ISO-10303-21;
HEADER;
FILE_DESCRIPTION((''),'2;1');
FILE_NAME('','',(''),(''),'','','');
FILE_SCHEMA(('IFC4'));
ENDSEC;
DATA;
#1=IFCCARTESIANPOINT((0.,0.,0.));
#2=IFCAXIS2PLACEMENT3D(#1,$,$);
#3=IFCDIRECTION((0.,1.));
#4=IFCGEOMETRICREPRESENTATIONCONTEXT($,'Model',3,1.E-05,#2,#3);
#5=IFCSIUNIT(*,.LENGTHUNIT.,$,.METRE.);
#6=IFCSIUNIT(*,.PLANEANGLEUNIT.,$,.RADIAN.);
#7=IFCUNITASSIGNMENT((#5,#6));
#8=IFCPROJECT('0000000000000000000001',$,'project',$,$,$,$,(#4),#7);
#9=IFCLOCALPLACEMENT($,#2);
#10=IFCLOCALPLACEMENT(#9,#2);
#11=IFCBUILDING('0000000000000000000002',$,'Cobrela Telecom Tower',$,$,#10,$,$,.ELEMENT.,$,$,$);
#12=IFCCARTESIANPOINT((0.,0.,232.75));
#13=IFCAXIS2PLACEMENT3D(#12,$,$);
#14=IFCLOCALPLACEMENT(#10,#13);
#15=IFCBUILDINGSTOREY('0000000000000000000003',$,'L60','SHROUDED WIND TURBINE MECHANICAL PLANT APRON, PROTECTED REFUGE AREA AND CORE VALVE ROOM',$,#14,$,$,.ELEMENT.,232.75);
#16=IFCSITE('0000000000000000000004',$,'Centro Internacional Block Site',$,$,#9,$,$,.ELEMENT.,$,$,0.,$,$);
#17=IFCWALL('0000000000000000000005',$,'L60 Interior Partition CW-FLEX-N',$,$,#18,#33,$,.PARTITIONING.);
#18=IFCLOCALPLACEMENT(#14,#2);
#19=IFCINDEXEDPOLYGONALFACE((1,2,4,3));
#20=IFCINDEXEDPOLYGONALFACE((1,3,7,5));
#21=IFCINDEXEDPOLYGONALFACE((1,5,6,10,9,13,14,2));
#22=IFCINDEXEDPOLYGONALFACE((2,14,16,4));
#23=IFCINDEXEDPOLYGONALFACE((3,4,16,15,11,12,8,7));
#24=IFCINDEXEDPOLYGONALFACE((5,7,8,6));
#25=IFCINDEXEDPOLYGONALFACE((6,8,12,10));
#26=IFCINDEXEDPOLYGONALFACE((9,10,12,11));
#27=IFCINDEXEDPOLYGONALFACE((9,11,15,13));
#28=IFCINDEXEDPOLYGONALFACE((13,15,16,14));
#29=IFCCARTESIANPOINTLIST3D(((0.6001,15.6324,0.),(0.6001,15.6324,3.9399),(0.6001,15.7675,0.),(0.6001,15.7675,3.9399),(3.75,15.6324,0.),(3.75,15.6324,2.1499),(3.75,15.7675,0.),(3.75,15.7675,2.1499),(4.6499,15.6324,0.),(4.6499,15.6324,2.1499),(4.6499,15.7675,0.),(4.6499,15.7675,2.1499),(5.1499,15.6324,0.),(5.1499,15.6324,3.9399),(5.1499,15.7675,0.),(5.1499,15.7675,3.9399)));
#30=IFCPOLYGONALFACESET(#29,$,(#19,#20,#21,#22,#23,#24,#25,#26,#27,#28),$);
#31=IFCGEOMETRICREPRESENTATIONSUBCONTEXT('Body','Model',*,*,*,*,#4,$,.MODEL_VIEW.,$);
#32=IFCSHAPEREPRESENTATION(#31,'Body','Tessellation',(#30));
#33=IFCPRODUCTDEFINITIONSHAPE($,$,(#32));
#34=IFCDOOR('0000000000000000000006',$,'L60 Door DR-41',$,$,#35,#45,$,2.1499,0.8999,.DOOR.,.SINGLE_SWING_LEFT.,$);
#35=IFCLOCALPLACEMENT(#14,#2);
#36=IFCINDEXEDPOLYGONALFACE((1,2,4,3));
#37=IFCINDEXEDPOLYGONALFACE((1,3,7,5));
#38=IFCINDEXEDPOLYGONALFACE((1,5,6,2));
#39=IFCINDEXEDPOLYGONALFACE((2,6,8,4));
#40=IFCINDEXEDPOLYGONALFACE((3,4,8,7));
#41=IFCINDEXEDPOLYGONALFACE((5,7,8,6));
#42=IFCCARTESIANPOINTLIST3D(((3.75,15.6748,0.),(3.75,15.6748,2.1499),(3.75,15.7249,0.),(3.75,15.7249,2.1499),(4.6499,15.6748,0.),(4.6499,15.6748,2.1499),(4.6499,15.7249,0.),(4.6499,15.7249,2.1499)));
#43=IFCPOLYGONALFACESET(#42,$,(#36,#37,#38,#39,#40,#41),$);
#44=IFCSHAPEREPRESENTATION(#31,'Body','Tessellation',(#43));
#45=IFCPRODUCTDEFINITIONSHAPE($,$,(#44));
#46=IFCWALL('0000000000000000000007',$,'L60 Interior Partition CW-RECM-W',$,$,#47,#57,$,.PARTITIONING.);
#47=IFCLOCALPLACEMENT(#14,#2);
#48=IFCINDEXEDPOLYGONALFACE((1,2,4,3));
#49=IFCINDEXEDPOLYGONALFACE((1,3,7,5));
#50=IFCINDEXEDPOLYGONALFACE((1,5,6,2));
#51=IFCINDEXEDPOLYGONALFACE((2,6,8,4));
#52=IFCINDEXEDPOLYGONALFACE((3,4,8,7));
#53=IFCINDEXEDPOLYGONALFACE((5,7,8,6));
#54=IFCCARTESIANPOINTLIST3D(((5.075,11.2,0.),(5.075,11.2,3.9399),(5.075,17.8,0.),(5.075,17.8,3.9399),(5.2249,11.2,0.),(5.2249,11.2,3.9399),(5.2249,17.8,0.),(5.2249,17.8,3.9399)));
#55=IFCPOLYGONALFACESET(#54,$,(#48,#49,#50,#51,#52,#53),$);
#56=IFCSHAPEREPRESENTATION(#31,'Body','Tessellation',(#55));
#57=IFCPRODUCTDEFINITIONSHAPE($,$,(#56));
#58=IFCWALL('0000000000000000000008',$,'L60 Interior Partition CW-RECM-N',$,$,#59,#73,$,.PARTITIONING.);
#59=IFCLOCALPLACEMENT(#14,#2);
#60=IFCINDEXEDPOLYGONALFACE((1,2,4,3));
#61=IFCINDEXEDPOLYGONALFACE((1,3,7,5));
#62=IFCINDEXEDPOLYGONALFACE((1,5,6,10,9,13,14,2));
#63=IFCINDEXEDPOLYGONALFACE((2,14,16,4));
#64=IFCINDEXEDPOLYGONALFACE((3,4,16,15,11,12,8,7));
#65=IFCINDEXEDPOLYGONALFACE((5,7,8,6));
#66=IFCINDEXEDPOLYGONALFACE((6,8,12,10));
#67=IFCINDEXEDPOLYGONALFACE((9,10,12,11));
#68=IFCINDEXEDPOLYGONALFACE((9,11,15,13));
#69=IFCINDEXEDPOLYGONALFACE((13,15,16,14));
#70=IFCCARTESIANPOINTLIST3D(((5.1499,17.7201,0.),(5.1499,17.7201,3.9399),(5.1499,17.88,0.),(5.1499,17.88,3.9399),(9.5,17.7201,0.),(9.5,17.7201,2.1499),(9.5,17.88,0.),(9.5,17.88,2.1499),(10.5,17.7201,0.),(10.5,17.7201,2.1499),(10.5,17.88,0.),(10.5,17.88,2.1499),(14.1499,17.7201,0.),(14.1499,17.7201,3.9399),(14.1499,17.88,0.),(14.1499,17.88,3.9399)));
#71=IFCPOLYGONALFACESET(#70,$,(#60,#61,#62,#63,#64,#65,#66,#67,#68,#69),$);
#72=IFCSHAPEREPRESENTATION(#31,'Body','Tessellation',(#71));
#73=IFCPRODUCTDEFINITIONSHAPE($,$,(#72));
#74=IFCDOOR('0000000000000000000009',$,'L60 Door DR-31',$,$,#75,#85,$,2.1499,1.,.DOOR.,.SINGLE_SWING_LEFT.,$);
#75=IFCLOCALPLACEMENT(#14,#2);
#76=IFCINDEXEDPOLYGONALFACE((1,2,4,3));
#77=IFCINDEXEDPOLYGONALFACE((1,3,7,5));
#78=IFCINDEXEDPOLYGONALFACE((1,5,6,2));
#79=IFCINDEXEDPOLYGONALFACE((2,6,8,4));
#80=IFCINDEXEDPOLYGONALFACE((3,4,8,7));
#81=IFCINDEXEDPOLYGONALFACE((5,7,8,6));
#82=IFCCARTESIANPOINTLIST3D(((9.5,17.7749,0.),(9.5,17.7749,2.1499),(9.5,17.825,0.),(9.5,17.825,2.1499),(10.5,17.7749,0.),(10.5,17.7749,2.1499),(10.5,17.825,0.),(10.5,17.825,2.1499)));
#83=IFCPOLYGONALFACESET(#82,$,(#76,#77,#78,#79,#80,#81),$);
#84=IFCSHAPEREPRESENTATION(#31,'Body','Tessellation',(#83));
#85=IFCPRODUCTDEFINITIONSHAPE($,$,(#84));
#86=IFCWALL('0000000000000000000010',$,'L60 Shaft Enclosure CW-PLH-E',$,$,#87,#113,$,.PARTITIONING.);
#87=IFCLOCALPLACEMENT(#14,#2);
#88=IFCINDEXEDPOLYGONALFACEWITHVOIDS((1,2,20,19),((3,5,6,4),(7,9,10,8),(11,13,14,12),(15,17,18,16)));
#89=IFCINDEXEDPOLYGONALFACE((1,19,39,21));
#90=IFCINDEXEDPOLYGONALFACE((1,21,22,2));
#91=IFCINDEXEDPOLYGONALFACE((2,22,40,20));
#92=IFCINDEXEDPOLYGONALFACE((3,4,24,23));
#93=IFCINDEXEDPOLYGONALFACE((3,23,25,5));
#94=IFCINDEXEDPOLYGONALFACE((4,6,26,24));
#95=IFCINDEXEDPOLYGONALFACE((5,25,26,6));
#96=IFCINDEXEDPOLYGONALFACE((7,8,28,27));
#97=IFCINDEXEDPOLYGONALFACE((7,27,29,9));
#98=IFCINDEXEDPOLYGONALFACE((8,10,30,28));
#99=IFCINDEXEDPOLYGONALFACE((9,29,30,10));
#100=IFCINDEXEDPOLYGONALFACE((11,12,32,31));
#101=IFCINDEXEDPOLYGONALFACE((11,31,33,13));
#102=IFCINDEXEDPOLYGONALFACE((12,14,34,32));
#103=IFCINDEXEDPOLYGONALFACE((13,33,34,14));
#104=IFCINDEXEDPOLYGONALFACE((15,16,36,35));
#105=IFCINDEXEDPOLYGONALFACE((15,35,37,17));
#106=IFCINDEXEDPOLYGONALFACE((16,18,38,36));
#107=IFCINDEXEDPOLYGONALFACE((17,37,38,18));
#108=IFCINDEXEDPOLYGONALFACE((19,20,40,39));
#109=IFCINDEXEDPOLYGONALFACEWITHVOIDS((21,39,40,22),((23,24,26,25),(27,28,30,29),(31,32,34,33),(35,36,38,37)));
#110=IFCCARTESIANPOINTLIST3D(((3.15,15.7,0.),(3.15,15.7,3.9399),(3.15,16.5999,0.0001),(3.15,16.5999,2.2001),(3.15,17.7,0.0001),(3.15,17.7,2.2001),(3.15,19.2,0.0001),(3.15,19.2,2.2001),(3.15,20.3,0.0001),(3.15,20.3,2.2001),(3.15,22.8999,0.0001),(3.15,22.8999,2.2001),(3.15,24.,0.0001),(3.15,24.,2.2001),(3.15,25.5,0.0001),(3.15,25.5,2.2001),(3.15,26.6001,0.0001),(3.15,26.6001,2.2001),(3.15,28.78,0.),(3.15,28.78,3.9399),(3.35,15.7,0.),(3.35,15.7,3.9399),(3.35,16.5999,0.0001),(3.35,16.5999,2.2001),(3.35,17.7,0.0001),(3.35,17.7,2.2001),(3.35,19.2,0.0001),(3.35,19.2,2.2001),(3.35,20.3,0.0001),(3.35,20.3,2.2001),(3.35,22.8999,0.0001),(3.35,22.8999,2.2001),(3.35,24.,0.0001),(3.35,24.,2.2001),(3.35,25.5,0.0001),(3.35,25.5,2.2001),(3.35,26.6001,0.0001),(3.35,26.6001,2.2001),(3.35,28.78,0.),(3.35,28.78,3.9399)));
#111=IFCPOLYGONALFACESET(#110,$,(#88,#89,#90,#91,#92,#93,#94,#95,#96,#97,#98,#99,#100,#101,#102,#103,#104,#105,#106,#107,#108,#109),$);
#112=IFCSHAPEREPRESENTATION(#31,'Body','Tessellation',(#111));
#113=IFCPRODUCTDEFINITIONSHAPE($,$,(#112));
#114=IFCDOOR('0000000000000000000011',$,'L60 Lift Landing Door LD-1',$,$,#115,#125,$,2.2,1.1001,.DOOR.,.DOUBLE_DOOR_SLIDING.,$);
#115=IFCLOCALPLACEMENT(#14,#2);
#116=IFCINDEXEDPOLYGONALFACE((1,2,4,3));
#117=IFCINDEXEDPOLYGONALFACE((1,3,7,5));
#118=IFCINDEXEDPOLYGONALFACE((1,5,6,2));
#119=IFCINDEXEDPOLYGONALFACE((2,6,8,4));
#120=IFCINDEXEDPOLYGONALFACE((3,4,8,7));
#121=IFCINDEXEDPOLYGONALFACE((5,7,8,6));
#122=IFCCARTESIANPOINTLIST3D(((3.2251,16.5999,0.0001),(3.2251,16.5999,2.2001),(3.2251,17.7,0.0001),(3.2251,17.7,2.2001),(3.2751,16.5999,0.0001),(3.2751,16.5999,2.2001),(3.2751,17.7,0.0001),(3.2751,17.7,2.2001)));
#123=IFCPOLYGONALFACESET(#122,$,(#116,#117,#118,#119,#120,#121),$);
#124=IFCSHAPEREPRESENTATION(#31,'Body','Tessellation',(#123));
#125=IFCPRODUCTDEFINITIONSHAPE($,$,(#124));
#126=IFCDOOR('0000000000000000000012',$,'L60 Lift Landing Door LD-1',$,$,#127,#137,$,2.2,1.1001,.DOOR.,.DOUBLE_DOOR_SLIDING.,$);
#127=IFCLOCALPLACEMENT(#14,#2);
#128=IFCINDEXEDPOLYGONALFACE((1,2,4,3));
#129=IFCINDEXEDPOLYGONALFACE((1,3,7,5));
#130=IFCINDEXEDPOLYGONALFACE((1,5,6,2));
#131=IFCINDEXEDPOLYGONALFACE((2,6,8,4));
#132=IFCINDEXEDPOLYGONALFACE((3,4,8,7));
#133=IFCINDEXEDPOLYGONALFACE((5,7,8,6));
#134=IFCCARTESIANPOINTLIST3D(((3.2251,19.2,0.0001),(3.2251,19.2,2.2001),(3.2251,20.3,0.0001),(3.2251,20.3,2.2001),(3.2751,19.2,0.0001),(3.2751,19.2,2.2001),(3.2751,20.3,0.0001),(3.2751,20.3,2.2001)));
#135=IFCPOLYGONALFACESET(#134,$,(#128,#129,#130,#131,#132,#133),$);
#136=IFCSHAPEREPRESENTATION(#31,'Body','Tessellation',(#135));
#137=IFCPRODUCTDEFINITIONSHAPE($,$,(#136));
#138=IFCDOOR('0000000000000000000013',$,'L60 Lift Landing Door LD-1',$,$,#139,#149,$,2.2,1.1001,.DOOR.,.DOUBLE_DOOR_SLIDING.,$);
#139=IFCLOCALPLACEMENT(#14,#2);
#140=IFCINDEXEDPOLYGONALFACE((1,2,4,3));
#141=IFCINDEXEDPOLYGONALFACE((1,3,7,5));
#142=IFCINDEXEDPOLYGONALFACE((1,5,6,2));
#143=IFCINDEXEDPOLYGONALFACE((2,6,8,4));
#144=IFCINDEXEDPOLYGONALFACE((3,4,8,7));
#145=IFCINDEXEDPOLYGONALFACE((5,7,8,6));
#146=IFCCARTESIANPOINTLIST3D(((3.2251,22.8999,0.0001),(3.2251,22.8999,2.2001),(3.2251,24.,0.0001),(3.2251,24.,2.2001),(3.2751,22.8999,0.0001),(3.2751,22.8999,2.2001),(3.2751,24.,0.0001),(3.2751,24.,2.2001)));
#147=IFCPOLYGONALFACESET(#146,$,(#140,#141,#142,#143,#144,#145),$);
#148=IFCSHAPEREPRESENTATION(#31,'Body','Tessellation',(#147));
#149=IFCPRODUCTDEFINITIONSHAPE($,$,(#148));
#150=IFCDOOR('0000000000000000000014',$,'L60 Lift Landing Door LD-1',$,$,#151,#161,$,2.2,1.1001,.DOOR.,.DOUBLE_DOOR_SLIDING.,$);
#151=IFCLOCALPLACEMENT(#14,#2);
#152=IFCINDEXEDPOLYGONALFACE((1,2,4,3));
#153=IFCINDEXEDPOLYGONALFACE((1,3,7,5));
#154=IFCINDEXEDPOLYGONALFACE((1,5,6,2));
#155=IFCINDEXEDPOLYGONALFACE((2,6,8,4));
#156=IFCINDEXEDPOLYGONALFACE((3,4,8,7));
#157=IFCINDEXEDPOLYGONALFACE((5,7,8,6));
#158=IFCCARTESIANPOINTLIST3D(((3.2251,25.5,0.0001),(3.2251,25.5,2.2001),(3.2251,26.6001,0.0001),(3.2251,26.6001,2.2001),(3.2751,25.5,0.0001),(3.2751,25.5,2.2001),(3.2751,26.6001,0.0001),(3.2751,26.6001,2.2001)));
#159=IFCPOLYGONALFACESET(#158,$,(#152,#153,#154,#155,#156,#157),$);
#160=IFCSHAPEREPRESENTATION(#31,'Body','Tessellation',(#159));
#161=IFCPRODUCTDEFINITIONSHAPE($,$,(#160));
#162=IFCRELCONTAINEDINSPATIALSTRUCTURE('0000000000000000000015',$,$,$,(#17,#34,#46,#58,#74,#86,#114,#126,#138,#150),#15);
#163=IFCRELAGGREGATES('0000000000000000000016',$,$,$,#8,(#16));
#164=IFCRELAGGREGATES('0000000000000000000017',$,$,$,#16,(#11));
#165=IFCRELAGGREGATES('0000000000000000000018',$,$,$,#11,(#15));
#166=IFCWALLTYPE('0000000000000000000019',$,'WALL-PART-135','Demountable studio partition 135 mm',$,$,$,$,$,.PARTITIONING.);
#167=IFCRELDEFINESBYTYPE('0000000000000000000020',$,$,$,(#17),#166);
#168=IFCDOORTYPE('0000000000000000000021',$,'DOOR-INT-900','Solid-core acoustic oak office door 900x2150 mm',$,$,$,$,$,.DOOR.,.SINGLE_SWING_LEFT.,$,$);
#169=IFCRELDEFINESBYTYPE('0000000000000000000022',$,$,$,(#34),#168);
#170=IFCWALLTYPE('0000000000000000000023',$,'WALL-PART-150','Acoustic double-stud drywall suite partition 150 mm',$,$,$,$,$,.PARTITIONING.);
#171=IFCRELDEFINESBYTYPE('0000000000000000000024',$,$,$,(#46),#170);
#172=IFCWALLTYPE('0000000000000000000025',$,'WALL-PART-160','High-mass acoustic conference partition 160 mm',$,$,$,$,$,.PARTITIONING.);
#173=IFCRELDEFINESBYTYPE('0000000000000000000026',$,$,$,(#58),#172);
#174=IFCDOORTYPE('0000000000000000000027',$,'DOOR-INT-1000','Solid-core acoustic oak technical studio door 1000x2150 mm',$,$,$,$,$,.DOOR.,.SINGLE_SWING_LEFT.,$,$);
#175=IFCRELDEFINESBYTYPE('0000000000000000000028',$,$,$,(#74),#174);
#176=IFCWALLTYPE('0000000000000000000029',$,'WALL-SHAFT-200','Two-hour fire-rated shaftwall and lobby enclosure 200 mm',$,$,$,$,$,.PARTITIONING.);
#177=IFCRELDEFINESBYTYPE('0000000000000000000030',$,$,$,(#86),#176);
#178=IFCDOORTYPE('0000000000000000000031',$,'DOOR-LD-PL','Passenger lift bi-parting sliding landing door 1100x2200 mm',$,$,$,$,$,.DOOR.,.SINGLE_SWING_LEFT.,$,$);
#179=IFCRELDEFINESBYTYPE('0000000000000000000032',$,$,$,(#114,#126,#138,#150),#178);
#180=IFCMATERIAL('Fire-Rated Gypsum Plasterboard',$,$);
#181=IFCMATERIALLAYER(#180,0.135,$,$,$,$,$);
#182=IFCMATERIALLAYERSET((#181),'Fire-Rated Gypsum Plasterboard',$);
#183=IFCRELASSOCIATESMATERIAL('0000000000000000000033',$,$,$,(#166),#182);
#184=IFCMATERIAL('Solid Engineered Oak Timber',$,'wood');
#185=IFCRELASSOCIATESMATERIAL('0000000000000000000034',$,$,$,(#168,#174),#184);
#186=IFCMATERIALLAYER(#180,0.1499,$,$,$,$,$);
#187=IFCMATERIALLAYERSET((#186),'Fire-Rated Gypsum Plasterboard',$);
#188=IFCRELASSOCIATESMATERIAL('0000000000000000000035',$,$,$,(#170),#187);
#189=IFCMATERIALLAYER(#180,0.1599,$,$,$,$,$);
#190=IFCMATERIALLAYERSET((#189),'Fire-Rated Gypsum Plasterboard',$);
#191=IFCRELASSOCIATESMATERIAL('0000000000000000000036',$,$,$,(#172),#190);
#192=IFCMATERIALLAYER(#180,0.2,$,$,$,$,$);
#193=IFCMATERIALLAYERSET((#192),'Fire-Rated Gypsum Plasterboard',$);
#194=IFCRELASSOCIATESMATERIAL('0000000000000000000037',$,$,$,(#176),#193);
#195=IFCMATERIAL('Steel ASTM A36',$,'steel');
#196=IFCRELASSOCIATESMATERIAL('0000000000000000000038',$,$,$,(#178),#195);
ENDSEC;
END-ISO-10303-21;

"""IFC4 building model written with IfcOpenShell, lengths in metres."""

from ifc_helpers import new_model, si_unit, direction, frame, frame_2d, origin, place, context, subcontext, project, spatial, rectangle, extrude, material, layer, layer_set, type_object, element, fill, save


model = new_model("IFC4")

# Units and contexts
model_context = context("Model", 3, precision=1e-05, world=origin(), true_north=direction((0.0, 1.0)))
body_context = subcontext(model_context, "Body", "Model", "MODEL_VIEW")
ifc_project = project(units=[si_unit("LENGTHUNIT", "METRE"), si_unit("PLANEANGLEUNIT", "RADIAN")], contexts=[model_context])

# Site, building, storey
site_placement = place(None, origin())
site = spatial("IfcSite", under=ifc_project, at=site_placement, Name="Centro Internacional Block Site", CompositionType="ELEMENT", RefElevation=0.0)
building_placement = place(site_placement, origin())
building = spatial("IfcBuilding", under=site, at=building_placement, Name="Cobrela Telecom Tower", CompositionType="ELEMENT")
storey_placement = place(building_placement, frame((0.0, 0.0, 232.75)))
storey = spatial("IfcBuildingStorey", under=building, at=storey_placement, Name="L60", Description="SHROUDED WIND TURBINE MECHANICAL PLANT APRON, PROTECTED REFUGE AREA AND CORE VALVE ROOM", CompositionType="ELEMENT", Elevation=232.75)

# Wall, opening, door
ifc_material_1 = material(Name="Fire-Rated Gypsum Plasterboard")
ifc_layer_1 = layer(ifc_material_1, 0.135)
ifc_layer_set_1 = layer_set([ifc_layer_1], Name="Fire-Rated Gypsum Plasterboard")
wall_type_1 = type_object("IfcWallType", Name="WALL-PART-135", Description="Demountable studio partition 135 mm", PredefinedType="PARTITIONING", material=ifc_layer_set_1)
wall_1_placement = place(storey_placement, frame((0.6001, 15.7, 0.0), z_axis=(0.0, 0.0, 1.0), x_axis=(1.0, 0.0, 0.0)))
wall_1 = element("IfcWall", 1, at=wall_1_placement, inside=storey, type_object=wall_type_1, Name="L60 Interior Partition CW-FLEX-N", PredefinedType="PARTITIONING", context=body_context, shape_type="SweptSolid", body=[
    extrude(rectangle(XDim=4.5498, YDim=0.135, at=frame_2d((2.2749, 0.0))), origin(), (0.0, 0.0, 1.0), 3.9399),
])
opening_1_placement = place(wall_1_placement, frame((3.1499, 0.0, 0.0)))
opening_1 = element("IfcOpeningElement", 2, at=opening_1_placement, cuts=wall_1, PredefinedType="OPENING", context=body_context, shape_type="SweptSolid", body=[
    extrude(rectangle(XDim=0.8999, YDim=2.1499, at=frame_2d((0.45, 1.075))), frame((0.0, 0.0796, 0.0), z_axis=(0.0, -1.0, 0.0), x_axis=(1.0, 0.0, 0.0)), (0.0, 0.0, 1.0), 0.1589),
])
ifc_material_2 = material(Name="Solid Engineered Oak Timber", Category="wood")
door_type_1 = type_object("IfcDoorType", Name="DOOR-INT-900", Description="Solid-core acoustic oak office door 900x2150 mm", OperationType="SINGLE_SWING_LEFT", PredefinedType="DOOR", material=ifc_material_2)
door_1_placement = place(opening_1_placement, origin())
door_1 = element("IfcDoor", 3, at=door_1_placement, inside=storey, type_object=door_type_1, Name="L60 Door DR-41", OperationType="SINGLE_SWING_LEFT", OverallHeight=2.1499, OverallWidth=0.8999, PredefinedType="DOOR", context=body_context, shape_type="SweptSolid", body=[
    extrude(rectangle(XDim=0.8999, YDim=2.1499, at=frame_2d((0.45, 1.075))), frame((0.0, 0.0249, 0.0), z_axis=(0.0, -1.0, 0.0), x_axis=(1.0, 0.0, 0.0)), (0.0, 0.0, 1.0), 0.05),
])
fill(opening_1, door_1)

# Wall
ifc_layer_2 = layer(ifc_material_1, 0.1499)
ifc_layer_set_2 = layer_set([ifc_layer_2], Name="Fire-Rated Gypsum Plasterboard")
wall_type_2 = type_object("IfcWallType", Name="WALL-PART-150", Description="Acoustic double-stud drywall suite partition 150 mm", PredefinedType="PARTITIONING", material=ifc_layer_set_2)
wall_2_placement = place(storey_placement, frame((5.1499, 11.2, 0.0), z_axis=(0.0, 0.0, 1.0), x_axis=(0.0, 1.0, 0.0)))
element("IfcWall", 4, at=wall_2_placement, inside=storey, type_object=wall_type_2, Name="L60 Interior Partition CW-RECM-W", PredefinedType="PARTITIONING", context=body_context, shape_type="SweptSolid", body=[
    extrude(rectangle(XDim=6.6001, YDim=0.1499, at=frame_2d((3.3, 0.0))), origin(), (0.0, 0.0, 1.0), 3.9399),
])

# Wall, opening, door
ifc_layer_3 = layer(ifc_material_1, 0.1599)
ifc_layer_set_3 = layer_set([ifc_layer_3], Name="Fire-Rated Gypsum Plasterboard")
wall_type_3 = type_object("IfcWallType", Name="WALL-PART-160", Description="High-mass acoustic conference partition 160 mm", PredefinedType="PARTITIONING", material=ifc_layer_set_3)
wall_3_placement = place(storey_placement, frame((5.1499, 17.8, 0.0), z_axis=(0.0, 0.0, 1.0), x_axis=(1.0, 0.0, 0.0)))
wall_3 = element("IfcWall", 5, at=wall_3_placement, inside=storey, type_object=wall_type_3, Name="L60 Interior Partition CW-RECM-N", PredefinedType="PARTITIONING", context=body_context, shape_type="SweptSolid", body=[
    extrude(rectangle(XDim=9.0, YDim=0.1599, at=frame_2d((4.5, 0.0))), origin(), (0.0, 0.0, 1.0), 3.9399),
])
opening_2_placement = place(wall_3_placement, frame((4.3501, 0.0, 0.0)))
opening_2 = element("IfcOpeningElement", 6, at=opening_2_placement, cuts=wall_3, PredefinedType="OPENING", context=body_context, shape_type="SweptSolid", body=[
    extrude(rectangle(XDim=1.0, YDim=2.1499, at=frame_2d((0.5, 1.075))), frame((0.0, 0.0918, 0.0), z_axis=(0.0, -1.0, 0.0), x_axis=(1.0, 0.0, 0.0)), (0.0, 0.0, 1.0), 0.1838),
])
door_type_2 = type_object("IfcDoorType", Name="DOOR-INT-1000", Description="Solid-core acoustic oak technical studio door 1000x2150 mm", OperationType="SINGLE_SWING_LEFT", PredefinedType="DOOR", material=ifc_material_2)
door_2_placement = place(opening_2_placement, origin())
door_2 = element("IfcDoor", 7, at=door_2_placement, inside=storey, type_object=door_type_2, Name="L60 Door DR-31", OperationType="SINGLE_SWING_LEFT", OverallHeight=2.1499, OverallWidth=1.0, PredefinedType="DOOR", context=body_context, shape_type="SweptSolid", body=[
    extrude(rectangle(XDim=1.0, YDim=2.1499, at=frame_2d((0.5, 1.075))), frame((0.0, 0.0249, 0.0), z_axis=(0.0, -1.0, 0.0), x_axis=(1.0, 0.0, 0.0)), (0.0, 0.0, 1.0), 0.05),
])
fill(opening_2, door_2)

# Wall, openings, doors
ifc_layer_4 = layer(ifc_material_1, 0.2)
ifc_layer_set_4 = layer_set([ifc_layer_4], Name="Fire-Rated Gypsum Plasterboard")
wall_type_4 = type_object("IfcWallType", Name="WALL-SHAFT-200", Description="Two-hour fire-rated shaftwall and lobby enclosure 200 mm", PredefinedType="PARTITIONING", material=ifc_layer_set_4)
wall_4_placement = place(storey_placement, frame((3.25, 15.7, 0.0), z_axis=(0.0, 0.0, 1.0), x_axis=(0.0, 1.0, 0.0)))
wall_4 = element("IfcWall", 8, at=wall_4_placement, inside=storey, type_object=wall_type_4, Name="L60 Shaft Enclosure CW-PLH-E", PredefinedType="PARTITIONING", context=body_context, shape_type="SweptSolid", body=[
    extrude(rectangle(XDim=13.0801, YDim=0.2, at=frame_2d((6.54, 0.0))), origin(), (0.0, 0.0, 1.0), 3.9399),
])
opening_3_placement = place(wall_4_placement, frame((0.8999, 0.0, 0.0)))
opening_3 = element("IfcOpeningElement", 9, at=opening_3_placement, cuts=wall_4, PredefinedType="OPENING", context=body_context, shape_type="SweptSolid", body=[
    extrude(rectangle(XDim=1.1001, YDim=2.2, at=frame_2d((0.55, 1.1001))), frame((0.0, 0.1118, 0.0), z_axis=(0.0, -1.0, 0.0), x_axis=(1.0, 0.0, 0.0)), (0.0, 0.0, 1.0), 0.2239),
])
opening_4_placement = place(wall_4_placement, frame((3.5, 0.0, 0.0)))
opening_4 = element("IfcOpeningElement", 10, at=opening_4_placement, cuts=wall_4, PredefinedType="OPENING", context=body_context, shape_type="SweptSolid", body=[
    extrude(rectangle(XDim=1.1001, YDim=2.2, at=frame_2d((0.55, 1.1001))), frame((0.0, 0.1118, 0.0), z_axis=(0.0, -1.0, 0.0), x_axis=(1.0, 0.0, 0.0)), (0.0, 0.0, 1.0), 0.2239),
])
opening_5_placement = place(wall_4_placement, frame((7.2, 0.0, 0.0)))
opening_5 = element("IfcOpeningElement", 11, at=opening_5_placement, cuts=wall_4, PredefinedType="OPENING", context=body_context, shape_type="SweptSolid", body=[
    extrude(rectangle(XDim=1.1001, YDim=2.2, at=frame_2d((0.55, 1.1001))), frame((0.0, 0.1118, 0.0), z_axis=(0.0, -1.0, 0.0), x_axis=(1.0, 0.0, 0.0)), (0.0, 0.0, 1.0), 0.2239),
])
opening_6_placement = place(wall_4_placement, frame((9.8, 0.0, 0.0)))
opening_6 = element("IfcOpeningElement", 12, at=opening_6_placement, cuts=wall_4, PredefinedType="OPENING", context=body_context, shape_type="SweptSolid", body=[
    extrude(rectangle(XDim=1.1001, YDim=2.2, at=frame_2d((0.55, 1.1001))), frame((0.0, 0.1118, 0.0), z_axis=(0.0, -1.0, 0.0), x_axis=(1.0, 0.0, 0.0)), (0.0, 0.0, 1.0), 0.2239),
])
ifc_material_3 = material(Name="Steel ASTM A36", Category="steel")
door_type_3 = type_object("IfcDoorType", Name="DOOR-LD-PL", Description="Passenger lift bi-parting sliding landing door 1100x2200 mm", OperationType="SINGLE_SWING_LEFT", PredefinedType="DOOR", material=ifc_material_3)
door_3_placement = place(opening_3_placement, origin())
door_3 = element("IfcDoor", 13, at=door_3_placement, inside=storey, type_object=door_type_3, Name="L60 Lift Landing Door LD-1", OperationType="DOUBLE_DOOR_SLIDING", OverallHeight=2.2, OverallWidth=1.1001, PredefinedType="DOOR", context=body_context, shape_type="SweptSolid", body=[
    extrude(rectangle(XDim=1.1001, YDim=2.2, at=frame_2d((0.55, 1.1001))), frame((0.0, 0.0249, 0.0), z_axis=(0.0, -1.0, 0.0), x_axis=(1.0, 0.0, 0.0)), (0.0, 0.0, 1.0), 0.05),
])
fill(opening_3, door_3)
door_4_placement = place(opening_4_placement, origin())
door_4 = element("IfcDoor", 14, at=door_4_placement, inside=storey, type_object=door_type_3, Name="L60 Lift Landing Door LD-1", OperationType="DOUBLE_DOOR_SLIDING", OverallHeight=2.2, OverallWidth=1.1001, PredefinedType="DOOR", context=body_context, shape_type="SweptSolid", body=[
    extrude(rectangle(XDim=1.1001, YDim=2.2, at=frame_2d((0.55, 1.1001))), frame((0.0, 0.0249, 0.0), z_axis=(0.0, -1.0, 0.0), x_axis=(1.0, 0.0, 0.0)), (0.0, 0.0, 1.0), 0.05),
])
fill(opening_4, door_4)
door_5_placement = place(opening_5_placement, origin())
door_5 = element("IfcDoor", 15, at=door_5_placement, inside=storey, type_object=door_type_3, Name="L60 Lift Landing Door LD-1", OperationType="DOUBLE_DOOR_SLIDING", OverallHeight=2.2, OverallWidth=1.1001, PredefinedType="DOOR", context=body_context, shape_type="SweptSolid", body=[
    extrude(rectangle(XDim=1.1001, YDim=2.2, at=frame_2d((0.55, 1.1001))), frame((0.0, 0.0249, 0.0), z_axis=(0.0, -1.0, 0.0), x_axis=(1.0, 0.0, 0.0)), (0.0, 0.0, 1.0), 0.05),
])
fill(opening_5, door_5)
door_6_placement = place(opening_6_placement, origin())
door_6 = element("IfcDoor", 16, at=door_6_placement, inside=storey, type_object=door_type_3, Name="L60 Lift Landing Door LD-1", OperationType="DOUBLE_DOOR_SLIDING", OverallHeight=2.2, OverallWidth=1.1001, PredefinedType="DOOR", context=body_context, shape_type="SweptSolid", body=[
    extrude(rectangle(XDim=1.1001, YDim=2.2, at=frame_2d((0.55, 1.1001))), frame((0.0, 0.0249, 0.0), z_axis=(0.0, -1.0, 0.0), x_axis=(1.0, 0.0, 0.0)), (0.0, 0.0, 1.0), 0.05),
])
fill(opening_6, door_6)

save(model, "model.ifc")
